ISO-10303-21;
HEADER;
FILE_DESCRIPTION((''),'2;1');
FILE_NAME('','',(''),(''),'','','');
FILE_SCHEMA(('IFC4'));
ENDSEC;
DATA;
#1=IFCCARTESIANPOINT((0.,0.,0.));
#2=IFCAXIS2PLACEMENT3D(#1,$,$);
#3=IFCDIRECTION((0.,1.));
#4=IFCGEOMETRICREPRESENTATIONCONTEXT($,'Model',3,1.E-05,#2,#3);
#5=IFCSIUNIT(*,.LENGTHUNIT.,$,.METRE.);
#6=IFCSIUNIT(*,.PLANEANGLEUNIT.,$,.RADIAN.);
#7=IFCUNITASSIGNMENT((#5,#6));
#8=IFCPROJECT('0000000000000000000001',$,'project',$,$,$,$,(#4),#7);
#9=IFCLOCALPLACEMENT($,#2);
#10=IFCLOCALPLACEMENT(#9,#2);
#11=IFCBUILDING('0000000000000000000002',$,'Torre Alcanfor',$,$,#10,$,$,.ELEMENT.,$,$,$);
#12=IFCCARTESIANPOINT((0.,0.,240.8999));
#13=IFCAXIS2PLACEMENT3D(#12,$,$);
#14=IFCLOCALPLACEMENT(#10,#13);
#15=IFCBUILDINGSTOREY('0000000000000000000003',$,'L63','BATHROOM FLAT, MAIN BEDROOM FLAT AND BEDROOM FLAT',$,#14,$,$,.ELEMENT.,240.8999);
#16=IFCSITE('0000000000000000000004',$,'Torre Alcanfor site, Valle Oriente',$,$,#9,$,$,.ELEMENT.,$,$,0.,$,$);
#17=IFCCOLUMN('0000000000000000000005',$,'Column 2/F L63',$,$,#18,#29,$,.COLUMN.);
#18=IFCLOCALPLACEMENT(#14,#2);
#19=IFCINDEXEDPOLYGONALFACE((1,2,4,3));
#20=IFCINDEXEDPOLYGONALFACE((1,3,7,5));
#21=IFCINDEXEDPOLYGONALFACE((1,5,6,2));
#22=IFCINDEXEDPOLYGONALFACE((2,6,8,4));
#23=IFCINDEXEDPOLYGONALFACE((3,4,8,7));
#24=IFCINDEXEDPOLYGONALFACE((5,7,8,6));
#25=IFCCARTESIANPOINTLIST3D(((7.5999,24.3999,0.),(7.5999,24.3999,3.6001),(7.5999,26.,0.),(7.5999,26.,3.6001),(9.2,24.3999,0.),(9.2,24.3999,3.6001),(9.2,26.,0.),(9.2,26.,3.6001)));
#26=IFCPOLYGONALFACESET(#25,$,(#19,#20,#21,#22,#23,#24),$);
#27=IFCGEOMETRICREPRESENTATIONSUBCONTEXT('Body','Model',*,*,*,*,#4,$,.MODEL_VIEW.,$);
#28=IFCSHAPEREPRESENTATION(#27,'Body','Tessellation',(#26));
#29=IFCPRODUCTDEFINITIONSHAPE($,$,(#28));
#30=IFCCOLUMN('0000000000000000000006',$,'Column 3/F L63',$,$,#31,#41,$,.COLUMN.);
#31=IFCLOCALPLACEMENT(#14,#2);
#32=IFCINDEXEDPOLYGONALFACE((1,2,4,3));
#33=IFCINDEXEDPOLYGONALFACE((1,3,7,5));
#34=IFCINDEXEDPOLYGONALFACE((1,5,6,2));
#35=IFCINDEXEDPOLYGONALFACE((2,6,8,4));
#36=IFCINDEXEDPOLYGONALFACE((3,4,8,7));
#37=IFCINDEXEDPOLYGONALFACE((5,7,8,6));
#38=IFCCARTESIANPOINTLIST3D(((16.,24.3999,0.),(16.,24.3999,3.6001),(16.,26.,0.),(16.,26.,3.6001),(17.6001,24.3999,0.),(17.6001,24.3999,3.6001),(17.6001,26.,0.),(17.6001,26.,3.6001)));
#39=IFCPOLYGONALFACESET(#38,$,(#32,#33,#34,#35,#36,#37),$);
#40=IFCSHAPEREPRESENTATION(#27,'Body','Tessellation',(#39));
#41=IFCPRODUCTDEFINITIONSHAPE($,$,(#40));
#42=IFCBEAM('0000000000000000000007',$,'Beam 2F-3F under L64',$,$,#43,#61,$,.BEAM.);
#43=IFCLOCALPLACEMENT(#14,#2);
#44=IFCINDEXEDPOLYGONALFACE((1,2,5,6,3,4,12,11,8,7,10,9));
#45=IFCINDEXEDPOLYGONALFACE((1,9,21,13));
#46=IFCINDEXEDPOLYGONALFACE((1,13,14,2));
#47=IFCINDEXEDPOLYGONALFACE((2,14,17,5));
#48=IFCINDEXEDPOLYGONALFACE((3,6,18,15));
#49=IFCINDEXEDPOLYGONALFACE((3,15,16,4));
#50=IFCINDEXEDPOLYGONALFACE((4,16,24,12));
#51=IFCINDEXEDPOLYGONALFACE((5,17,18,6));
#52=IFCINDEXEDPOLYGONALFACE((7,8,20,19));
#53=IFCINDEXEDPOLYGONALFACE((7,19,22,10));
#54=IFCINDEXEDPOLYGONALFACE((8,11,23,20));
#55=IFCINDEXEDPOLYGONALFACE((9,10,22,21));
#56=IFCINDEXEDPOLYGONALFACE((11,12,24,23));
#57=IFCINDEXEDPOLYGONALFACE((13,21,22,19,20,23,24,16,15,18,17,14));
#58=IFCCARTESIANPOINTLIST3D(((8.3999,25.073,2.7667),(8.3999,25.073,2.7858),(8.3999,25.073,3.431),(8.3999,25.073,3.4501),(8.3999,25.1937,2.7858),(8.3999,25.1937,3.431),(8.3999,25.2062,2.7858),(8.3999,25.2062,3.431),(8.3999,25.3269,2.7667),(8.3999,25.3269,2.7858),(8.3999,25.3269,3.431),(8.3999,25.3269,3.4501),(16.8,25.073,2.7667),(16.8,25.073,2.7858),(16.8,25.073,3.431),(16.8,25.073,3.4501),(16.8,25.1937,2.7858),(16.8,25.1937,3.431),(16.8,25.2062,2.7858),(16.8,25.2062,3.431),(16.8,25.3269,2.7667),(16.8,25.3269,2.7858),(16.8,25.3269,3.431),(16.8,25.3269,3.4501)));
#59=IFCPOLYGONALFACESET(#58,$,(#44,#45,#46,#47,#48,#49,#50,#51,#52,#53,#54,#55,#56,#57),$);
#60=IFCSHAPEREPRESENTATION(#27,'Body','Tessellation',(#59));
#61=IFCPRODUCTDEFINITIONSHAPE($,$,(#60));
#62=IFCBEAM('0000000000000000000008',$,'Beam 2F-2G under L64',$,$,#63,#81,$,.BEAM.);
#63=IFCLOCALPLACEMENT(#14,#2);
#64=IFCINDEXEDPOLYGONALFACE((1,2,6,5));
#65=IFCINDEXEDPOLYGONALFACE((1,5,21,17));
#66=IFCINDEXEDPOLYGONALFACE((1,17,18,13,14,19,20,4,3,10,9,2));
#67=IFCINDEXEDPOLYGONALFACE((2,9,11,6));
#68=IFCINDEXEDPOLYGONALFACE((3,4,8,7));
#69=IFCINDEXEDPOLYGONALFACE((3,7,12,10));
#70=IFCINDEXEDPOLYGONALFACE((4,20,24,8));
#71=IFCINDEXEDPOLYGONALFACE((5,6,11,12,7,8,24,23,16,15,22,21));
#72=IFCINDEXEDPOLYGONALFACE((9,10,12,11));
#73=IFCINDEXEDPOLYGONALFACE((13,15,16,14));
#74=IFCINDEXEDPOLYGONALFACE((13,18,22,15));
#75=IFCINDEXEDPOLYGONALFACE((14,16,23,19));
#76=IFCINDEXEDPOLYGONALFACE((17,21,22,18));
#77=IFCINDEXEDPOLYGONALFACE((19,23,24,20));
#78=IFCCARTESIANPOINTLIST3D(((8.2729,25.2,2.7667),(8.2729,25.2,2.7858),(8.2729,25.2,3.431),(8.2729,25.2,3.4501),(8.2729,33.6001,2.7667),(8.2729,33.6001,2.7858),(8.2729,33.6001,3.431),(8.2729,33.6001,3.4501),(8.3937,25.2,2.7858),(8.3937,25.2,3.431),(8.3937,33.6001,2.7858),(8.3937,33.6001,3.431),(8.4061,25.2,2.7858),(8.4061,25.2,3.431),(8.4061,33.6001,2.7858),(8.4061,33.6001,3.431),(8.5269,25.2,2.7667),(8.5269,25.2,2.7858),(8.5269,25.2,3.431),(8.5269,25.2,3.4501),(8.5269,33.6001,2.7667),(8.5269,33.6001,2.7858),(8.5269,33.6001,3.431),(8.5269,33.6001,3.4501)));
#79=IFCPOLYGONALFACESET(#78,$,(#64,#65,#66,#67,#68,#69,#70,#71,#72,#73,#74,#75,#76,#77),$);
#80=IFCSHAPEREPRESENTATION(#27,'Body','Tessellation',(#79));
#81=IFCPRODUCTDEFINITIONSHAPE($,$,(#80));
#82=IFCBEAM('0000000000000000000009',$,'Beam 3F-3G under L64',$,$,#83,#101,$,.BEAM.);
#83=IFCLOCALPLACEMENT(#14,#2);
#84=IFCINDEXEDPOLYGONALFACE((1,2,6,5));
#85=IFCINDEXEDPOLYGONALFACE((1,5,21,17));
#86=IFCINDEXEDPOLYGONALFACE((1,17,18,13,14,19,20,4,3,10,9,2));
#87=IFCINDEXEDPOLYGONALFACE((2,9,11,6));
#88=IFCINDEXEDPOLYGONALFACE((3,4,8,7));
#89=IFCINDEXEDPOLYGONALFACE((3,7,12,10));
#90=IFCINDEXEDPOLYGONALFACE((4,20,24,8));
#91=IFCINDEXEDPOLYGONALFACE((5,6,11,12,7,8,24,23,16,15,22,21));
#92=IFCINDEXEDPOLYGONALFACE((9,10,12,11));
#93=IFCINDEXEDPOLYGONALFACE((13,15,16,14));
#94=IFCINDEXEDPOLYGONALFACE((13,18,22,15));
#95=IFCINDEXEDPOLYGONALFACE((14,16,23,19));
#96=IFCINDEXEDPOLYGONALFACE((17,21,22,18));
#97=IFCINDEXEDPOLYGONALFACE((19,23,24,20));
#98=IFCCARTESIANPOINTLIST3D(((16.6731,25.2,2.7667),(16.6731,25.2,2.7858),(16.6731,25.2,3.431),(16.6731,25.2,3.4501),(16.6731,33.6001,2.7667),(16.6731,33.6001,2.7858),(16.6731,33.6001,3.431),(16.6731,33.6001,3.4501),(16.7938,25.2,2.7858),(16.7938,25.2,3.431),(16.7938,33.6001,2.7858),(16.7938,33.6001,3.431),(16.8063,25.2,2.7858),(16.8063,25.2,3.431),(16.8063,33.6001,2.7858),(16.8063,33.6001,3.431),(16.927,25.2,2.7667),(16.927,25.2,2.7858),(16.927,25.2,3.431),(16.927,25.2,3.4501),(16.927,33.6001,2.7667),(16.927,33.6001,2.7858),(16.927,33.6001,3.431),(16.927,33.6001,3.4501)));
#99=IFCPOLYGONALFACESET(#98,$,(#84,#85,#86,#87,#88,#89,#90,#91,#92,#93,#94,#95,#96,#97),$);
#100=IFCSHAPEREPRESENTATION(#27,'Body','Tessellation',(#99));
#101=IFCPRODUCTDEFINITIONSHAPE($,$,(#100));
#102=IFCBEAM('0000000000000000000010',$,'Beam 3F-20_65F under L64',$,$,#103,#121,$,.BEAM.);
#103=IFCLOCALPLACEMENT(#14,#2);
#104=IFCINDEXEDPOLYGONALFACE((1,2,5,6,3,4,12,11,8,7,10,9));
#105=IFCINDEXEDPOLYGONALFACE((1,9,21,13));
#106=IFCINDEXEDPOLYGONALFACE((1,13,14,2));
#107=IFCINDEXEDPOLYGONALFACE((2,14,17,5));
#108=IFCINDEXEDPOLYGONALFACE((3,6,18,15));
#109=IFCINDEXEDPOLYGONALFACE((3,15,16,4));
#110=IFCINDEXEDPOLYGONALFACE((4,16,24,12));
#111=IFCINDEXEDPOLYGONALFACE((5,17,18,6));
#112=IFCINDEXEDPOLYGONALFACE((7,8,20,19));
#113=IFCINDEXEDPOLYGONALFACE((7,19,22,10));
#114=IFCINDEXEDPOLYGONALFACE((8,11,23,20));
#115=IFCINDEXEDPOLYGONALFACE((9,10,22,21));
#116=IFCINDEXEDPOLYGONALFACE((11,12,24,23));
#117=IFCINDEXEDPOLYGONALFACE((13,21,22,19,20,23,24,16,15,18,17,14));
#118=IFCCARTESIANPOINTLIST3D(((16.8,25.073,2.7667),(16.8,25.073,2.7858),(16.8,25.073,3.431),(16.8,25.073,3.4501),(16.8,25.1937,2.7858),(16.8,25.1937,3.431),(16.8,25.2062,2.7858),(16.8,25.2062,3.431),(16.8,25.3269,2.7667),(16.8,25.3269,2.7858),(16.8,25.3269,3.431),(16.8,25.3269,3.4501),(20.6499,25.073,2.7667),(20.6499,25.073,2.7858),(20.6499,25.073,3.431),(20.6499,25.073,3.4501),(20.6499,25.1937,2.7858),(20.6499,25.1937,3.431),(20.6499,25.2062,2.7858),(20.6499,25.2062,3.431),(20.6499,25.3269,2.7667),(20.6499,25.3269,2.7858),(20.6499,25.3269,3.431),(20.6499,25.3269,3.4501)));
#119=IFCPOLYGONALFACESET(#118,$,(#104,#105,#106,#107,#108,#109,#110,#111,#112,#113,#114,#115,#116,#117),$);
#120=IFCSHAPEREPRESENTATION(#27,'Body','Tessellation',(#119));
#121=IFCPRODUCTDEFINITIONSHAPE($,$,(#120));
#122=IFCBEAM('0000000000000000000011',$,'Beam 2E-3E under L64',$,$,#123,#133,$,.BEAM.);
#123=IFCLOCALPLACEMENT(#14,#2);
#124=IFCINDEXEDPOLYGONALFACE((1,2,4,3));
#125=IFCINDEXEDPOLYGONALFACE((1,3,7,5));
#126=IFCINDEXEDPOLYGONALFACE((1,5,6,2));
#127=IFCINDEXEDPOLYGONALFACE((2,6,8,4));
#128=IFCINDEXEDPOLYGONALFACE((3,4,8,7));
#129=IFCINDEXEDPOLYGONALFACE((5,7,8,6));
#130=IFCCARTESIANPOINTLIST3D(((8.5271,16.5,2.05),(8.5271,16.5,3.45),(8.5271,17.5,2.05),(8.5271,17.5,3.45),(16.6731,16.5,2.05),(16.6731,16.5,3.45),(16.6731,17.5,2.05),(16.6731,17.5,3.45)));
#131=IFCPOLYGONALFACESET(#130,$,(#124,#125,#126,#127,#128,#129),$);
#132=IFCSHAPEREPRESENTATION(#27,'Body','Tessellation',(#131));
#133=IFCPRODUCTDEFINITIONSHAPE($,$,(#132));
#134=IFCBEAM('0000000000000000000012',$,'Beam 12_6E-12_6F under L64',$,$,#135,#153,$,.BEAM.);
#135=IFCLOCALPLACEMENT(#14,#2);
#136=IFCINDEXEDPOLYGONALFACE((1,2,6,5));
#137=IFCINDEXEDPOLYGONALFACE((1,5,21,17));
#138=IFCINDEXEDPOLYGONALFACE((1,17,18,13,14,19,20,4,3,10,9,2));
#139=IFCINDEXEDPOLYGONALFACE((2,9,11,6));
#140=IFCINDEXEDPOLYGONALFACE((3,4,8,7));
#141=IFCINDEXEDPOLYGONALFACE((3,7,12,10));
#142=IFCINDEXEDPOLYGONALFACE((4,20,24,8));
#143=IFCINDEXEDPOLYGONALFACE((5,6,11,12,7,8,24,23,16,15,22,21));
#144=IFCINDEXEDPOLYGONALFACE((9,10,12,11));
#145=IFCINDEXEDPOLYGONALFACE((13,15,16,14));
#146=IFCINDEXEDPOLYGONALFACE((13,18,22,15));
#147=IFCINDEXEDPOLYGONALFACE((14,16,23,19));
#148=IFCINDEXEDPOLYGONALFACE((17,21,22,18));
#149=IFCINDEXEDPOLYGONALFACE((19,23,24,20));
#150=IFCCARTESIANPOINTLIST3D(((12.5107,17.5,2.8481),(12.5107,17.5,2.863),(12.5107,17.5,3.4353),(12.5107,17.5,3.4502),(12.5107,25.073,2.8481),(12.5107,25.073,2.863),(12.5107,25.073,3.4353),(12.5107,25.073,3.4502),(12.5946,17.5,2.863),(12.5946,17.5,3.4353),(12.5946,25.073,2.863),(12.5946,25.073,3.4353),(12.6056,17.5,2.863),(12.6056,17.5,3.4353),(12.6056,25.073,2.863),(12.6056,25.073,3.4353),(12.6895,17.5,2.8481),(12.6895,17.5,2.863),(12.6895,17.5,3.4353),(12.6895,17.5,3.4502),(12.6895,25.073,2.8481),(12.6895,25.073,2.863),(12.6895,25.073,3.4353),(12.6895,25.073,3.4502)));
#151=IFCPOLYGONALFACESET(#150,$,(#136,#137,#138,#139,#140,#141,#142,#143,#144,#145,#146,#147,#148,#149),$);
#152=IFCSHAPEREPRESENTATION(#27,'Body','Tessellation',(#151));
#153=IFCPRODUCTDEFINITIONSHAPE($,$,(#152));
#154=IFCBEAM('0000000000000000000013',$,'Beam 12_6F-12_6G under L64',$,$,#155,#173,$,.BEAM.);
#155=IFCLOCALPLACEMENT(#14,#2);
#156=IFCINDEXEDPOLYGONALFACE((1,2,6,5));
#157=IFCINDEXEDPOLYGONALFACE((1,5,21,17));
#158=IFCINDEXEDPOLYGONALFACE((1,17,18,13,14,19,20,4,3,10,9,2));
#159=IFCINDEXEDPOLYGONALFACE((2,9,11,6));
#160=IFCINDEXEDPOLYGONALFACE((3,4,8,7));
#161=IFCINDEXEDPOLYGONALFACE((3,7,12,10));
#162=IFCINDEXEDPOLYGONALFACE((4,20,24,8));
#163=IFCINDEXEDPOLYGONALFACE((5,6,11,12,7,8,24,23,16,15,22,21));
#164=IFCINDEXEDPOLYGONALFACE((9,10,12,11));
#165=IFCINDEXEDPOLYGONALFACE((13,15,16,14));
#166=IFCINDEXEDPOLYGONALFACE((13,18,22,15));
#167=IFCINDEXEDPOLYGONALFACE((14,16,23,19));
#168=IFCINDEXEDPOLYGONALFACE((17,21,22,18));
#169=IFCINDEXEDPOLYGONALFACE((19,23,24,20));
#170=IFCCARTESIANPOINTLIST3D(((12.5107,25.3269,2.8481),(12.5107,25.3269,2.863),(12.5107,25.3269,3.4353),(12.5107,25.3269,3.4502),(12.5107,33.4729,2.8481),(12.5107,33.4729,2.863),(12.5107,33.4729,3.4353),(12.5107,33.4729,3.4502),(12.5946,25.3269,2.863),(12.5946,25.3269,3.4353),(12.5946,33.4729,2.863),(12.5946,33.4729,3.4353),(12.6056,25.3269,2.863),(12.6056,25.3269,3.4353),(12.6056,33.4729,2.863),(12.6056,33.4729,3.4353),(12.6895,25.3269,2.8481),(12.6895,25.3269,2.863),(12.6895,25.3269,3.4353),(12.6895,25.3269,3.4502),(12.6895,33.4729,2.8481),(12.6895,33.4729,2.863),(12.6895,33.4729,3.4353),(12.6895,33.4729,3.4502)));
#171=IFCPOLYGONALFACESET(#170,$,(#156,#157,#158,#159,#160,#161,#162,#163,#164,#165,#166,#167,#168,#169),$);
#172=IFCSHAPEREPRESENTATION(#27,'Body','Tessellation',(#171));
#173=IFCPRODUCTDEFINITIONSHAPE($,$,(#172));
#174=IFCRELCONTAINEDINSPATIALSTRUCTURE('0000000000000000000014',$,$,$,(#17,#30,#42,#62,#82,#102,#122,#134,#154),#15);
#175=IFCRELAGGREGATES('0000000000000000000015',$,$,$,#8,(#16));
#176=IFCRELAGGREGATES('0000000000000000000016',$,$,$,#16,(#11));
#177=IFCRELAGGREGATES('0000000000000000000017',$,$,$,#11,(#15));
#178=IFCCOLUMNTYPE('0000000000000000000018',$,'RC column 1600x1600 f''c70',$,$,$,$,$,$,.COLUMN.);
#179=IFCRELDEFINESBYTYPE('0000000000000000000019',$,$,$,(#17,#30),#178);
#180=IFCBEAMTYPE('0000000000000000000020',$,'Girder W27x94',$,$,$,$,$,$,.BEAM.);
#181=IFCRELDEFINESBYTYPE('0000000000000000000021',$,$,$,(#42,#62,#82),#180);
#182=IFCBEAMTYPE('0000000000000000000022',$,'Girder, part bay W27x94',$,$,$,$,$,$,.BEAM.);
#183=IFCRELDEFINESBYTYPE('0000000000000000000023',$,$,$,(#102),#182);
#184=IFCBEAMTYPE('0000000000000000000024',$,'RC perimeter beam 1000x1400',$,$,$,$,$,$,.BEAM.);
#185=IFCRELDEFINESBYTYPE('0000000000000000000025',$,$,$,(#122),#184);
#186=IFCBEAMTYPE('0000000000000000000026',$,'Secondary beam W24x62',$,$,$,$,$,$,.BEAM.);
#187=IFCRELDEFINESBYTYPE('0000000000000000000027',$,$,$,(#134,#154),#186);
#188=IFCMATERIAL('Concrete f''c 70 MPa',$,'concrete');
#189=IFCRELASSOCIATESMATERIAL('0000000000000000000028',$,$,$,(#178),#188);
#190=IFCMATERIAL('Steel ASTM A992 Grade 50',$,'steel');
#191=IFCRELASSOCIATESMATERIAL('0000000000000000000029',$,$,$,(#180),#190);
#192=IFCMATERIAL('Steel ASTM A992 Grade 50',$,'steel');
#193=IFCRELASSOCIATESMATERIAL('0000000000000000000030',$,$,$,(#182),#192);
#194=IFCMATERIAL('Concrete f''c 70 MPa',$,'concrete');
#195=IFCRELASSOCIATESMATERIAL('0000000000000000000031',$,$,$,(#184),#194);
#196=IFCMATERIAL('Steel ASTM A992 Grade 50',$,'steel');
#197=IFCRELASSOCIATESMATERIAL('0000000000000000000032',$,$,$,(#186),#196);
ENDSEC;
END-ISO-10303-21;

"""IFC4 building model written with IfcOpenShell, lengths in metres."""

from ifc_helpers import new_model, si_unit, direction, frame, origin, origin_2d, place, context, subcontext, project, spatial, rectangle, i_section, extrude, material, material_profile, profile_set, type_object, element, save


model = new_model("IFC4")

# Units and contexts
model_context = context("Model", 3, precision=1e-05, world=origin(), true_north=direction((0.0, 1.0)))
body_context = subcontext(model_context, "Body", "Model", "MODEL_VIEW")
ifc_project = project(units=[si_unit("LENGTHUNIT", "METRE"), si_unit("PLANEANGLEUNIT", "RADIAN")], contexts=[model_context])

# Site, building, storey
site_placement = place(None, origin())
site = spatial("IfcSite", under=ifc_project, at=site_placement, Name="Torre Alcanfor site, Valle Oriente", CompositionType="ELEMENT", RefElevation=0.0)
building_placement = place(site_placement, origin())
building = spatial("IfcBuilding", under=site, at=building_placement, Name="Torre Alcanfor", CompositionType="ELEMENT")
storey_placement = place(building_placement, frame((0.0, 0.0, 240.8999)))
storey = spatial("IfcBuildingStorey", under=building, at=storey_placement, Name="L63", Description="BATHROOM FLAT, MAIN BEDROOM FLAT AND BEDROOM FLAT", CompositionType="ELEMENT", Elevation=240.8999)

# Columns
ifc_material_1 = material(Name="Concrete f'c 70 MPa", Category="concrete")
ifc_material_profile_1 = material_profile(ifc_material_1, rectangle(XDim=1.6001, YDim=1.6001, at=origin_2d()), Name="1600x1600")
ifc_profile_set_1 = profile_set([ifc_material_profile_1], Name="Concrete f'c 70 MPa")
column_type = type_object("IfcColumnType", Name="RC column 1600x1600 f'c70", PredefinedType="COLUMN", material=ifc_profile_set_1)
for number, where, z_axis, x_axis, name in (
    (1, (8.3999, 25.2, 0.0), (0.0, 0.0, 1.0), (1.0, 0.0, 0.0), "Column 2/F L63"),
    (2, (16.8, 25.2, 0.0), (0.0, 0.0, 1.0), (1.0, 0.0, 0.0), "Column 3/F L63"),
):
    element("IfcColumn", number, at=place(storey_placement, frame(where, z_axis=z_axis, x_axis=x_axis)), inside=storey, type_object=column_type, Name=name, PredefinedType="COLUMN", context=body_context, shape_type="SweptSolid", body=[
        extrude(rectangle(XDim=1.6001, YDim=1.6001, at=origin_2d()), origin(), (0.0, 0.0, 1.0), 3.6001),
    ])

# Beams
ifc_material_2 = material(Name="Steel ASTM A992 Grade 50", Category="steel")
ifc_material_profile_2 = material_profile(ifc_material_2, i_section(OverallWidth=0.2539, OverallDepth=0.6833, WebThickness=0.0125, FlangeThickness=0.019, at=origin_2d()), Name="W27x94")
ifc_profile_set_2 = profile_set([ifc_material_profile_2], Name="Steel ASTM A992 Grade 50")
beam_type_1 = type_object("IfcBeamType", Name="Girder W27x94", PredefinedType="BEAM", material=ifc_profile_set_2)
for number, where, z_axis, x_axis, name in (
    (3, (8.3999, 25.2, 3.1084), (1.0, 0.0, 0.0), (0.0, 1.0, 0.0), "Beam 2F-3F under L64"),
    (4, (8.3999, 25.2, 3.1084), (0.0, 1.0, 0.0), (-1.0, 0.0, 0.0), "Beam 2F-2G under L64"),
    (5, (16.8, 25.2, 3.1084), (0.0, 1.0, 0.0), (-1.0, 0.0, 0.0), "Beam 3F-3G under L64"),
):
    element("IfcBeam", number, at=place(storey_placement, frame(where, z_axis=z_axis, x_axis=x_axis)), inside=storey, type_object=beam_type_1, Name=name, PredefinedType="BEAM", context=body_context, shape_type="SweptSolid", body=[
        extrude(i_section(OverallWidth=0.2539, OverallDepth=0.6833, WebThickness=0.0125, FlangeThickness=0.019, at=origin_2d()), origin(), (0.0, 0.0, 1.0), 8.4001),
    ])
ifc_material_3 = material(Name="Steel ASTM A992 Grade 50", Category="steel")
ifc_material_profile_3 = material_profile(ifc_material_3, i_section(OverallWidth=0.2539, OverallDepth=0.6833, WebThickness=0.0125, FlangeThickness=0.019, at=origin_2d()), Name="W27x94")
ifc_profile_set_3 = profile_set([ifc_material_profile_3], Name="Steel ASTM A992 Grade 50")
beam_type_2 = type_object("IfcBeamType", Name="Girder, part bay W27x94", PredefinedType="BEAM", material=ifc_profile_set_3)
beam_1_placement = place(storey_placement, frame((16.8, 25.2, 3.1084), z_axis=(1.0, 0.0, 0.0), x_axis=(0.0, 1.0, 0.0)))
element("IfcBeam", 6, at=beam_1_placement, inside=storey, type_object=beam_type_2, Name="Beam 3F-20_65F under L64", PredefinedType="BEAM", context=body_context, shape_type="SweptSolid", body=[
    extrude(i_section(OverallWidth=0.2539, OverallDepth=0.6833, WebThickness=0.0125, FlangeThickness=0.019, at=origin_2d()), origin(), (0.0, 0.0, 1.0), 3.8499),
])
ifc_material_4 = material(Name="Concrete f'c 70 MPa", Category="concrete")
ifc_material_profile_4 = material_profile(ifc_material_4, rectangle(XDim=1.0, YDim=1.3999, at=origin_2d()), Name="1000x1400")
ifc_profile_set_4 = profile_set([ifc_material_profile_4], Name="Concrete f'c 70 MPa")
beam_type_3 = type_object("IfcBeamType", Name="RC perimeter beam 1000x1400", PredefinedType="BEAM", material=ifc_profile_set_4)
beam_2_placement = place(storey_placement, frame((8.5271, 17.0, 2.75), z_axis=(1.0, 0.0, 0.0), x_axis=(0.0, 1.0, 0.0)))
element("IfcBeam", 7, at=beam_2_placement, inside=storey, type_object=beam_type_3, Name="Beam 2E-3E under L64", PredefinedType="BEAM", context=body_context, shape_type="SweptSolid", body=[
    extrude(rectangle(XDim=1.0, YDim=1.3999, at=origin_2d()), origin(), (0.0, 0.0, 1.0), 8.146),
])
ifc_material_5 = material(Name="Steel ASTM A992 Grade 50", Category="steel")
ifc_material_profile_5 = material_profile(ifc_material_5, i_section(OverallWidth=0.1787, OverallDepth=0.6021, WebThickness=0.011, FlangeThickness=0.0149, at=origin_2d()), Name="W24x62")
ifc_profile_set_5 = profile_set([ifc_material_profile_5], Name="Steel ASTM A992 Grade 50")
beam_type_4 = type_object("IfcBeamType", Name="Secondary beam W24x62", PredefinedType="BEAM", material=ifc_profile_set_5)
beam_3_placement = place(storey_placement, frame((12.6001, 17.5, 3.1492), z_axis=(0.0, 1.0, 0.0), x_axis=(-1.0, 0.0, 0.0)))
element("IfcBeam", 8, at=beam_3_placement, inside=storey, type_object=beam_type_4, Name="Beam 12_6E-12_6F under L64", PredefinedType="BEAM", context=body_context, shape_type="SweptSolid", body=[
    extrude(i_section(OverallWidth=0.1787, OverallDepth=0.6021, WebThickness=0.011, FlangeThickness=0.0149, at=origin_2d()), origin(), (0.0, 0.0, 1.0), 7.573),
])
beam_4_placement = place(storey_placement, frame((12.6001, 25.3269, 3.1492), z_axis=(0.0, 1.0, 0.0), x_axis=(-1.0, 0.0, 0.0)))
element("IfcBeam", 9, at=beam_4_placement, inside=storey, type_object=beam_type_4, Name="Beam 12_6F-12_6G under L64", PredefinedType="BEAM", context=body_context, shape_type="SweptSolid", body=[
    extrude(i_section(OverallWidth=0.1787, OverallDepth=0.6021, WebThickness=0.011, FlangeThickness=0.0149, at=origin_2d()), origin(), (0.0, 0.0, 1.0), 8.146),
])

save(model, "model.ifc")
